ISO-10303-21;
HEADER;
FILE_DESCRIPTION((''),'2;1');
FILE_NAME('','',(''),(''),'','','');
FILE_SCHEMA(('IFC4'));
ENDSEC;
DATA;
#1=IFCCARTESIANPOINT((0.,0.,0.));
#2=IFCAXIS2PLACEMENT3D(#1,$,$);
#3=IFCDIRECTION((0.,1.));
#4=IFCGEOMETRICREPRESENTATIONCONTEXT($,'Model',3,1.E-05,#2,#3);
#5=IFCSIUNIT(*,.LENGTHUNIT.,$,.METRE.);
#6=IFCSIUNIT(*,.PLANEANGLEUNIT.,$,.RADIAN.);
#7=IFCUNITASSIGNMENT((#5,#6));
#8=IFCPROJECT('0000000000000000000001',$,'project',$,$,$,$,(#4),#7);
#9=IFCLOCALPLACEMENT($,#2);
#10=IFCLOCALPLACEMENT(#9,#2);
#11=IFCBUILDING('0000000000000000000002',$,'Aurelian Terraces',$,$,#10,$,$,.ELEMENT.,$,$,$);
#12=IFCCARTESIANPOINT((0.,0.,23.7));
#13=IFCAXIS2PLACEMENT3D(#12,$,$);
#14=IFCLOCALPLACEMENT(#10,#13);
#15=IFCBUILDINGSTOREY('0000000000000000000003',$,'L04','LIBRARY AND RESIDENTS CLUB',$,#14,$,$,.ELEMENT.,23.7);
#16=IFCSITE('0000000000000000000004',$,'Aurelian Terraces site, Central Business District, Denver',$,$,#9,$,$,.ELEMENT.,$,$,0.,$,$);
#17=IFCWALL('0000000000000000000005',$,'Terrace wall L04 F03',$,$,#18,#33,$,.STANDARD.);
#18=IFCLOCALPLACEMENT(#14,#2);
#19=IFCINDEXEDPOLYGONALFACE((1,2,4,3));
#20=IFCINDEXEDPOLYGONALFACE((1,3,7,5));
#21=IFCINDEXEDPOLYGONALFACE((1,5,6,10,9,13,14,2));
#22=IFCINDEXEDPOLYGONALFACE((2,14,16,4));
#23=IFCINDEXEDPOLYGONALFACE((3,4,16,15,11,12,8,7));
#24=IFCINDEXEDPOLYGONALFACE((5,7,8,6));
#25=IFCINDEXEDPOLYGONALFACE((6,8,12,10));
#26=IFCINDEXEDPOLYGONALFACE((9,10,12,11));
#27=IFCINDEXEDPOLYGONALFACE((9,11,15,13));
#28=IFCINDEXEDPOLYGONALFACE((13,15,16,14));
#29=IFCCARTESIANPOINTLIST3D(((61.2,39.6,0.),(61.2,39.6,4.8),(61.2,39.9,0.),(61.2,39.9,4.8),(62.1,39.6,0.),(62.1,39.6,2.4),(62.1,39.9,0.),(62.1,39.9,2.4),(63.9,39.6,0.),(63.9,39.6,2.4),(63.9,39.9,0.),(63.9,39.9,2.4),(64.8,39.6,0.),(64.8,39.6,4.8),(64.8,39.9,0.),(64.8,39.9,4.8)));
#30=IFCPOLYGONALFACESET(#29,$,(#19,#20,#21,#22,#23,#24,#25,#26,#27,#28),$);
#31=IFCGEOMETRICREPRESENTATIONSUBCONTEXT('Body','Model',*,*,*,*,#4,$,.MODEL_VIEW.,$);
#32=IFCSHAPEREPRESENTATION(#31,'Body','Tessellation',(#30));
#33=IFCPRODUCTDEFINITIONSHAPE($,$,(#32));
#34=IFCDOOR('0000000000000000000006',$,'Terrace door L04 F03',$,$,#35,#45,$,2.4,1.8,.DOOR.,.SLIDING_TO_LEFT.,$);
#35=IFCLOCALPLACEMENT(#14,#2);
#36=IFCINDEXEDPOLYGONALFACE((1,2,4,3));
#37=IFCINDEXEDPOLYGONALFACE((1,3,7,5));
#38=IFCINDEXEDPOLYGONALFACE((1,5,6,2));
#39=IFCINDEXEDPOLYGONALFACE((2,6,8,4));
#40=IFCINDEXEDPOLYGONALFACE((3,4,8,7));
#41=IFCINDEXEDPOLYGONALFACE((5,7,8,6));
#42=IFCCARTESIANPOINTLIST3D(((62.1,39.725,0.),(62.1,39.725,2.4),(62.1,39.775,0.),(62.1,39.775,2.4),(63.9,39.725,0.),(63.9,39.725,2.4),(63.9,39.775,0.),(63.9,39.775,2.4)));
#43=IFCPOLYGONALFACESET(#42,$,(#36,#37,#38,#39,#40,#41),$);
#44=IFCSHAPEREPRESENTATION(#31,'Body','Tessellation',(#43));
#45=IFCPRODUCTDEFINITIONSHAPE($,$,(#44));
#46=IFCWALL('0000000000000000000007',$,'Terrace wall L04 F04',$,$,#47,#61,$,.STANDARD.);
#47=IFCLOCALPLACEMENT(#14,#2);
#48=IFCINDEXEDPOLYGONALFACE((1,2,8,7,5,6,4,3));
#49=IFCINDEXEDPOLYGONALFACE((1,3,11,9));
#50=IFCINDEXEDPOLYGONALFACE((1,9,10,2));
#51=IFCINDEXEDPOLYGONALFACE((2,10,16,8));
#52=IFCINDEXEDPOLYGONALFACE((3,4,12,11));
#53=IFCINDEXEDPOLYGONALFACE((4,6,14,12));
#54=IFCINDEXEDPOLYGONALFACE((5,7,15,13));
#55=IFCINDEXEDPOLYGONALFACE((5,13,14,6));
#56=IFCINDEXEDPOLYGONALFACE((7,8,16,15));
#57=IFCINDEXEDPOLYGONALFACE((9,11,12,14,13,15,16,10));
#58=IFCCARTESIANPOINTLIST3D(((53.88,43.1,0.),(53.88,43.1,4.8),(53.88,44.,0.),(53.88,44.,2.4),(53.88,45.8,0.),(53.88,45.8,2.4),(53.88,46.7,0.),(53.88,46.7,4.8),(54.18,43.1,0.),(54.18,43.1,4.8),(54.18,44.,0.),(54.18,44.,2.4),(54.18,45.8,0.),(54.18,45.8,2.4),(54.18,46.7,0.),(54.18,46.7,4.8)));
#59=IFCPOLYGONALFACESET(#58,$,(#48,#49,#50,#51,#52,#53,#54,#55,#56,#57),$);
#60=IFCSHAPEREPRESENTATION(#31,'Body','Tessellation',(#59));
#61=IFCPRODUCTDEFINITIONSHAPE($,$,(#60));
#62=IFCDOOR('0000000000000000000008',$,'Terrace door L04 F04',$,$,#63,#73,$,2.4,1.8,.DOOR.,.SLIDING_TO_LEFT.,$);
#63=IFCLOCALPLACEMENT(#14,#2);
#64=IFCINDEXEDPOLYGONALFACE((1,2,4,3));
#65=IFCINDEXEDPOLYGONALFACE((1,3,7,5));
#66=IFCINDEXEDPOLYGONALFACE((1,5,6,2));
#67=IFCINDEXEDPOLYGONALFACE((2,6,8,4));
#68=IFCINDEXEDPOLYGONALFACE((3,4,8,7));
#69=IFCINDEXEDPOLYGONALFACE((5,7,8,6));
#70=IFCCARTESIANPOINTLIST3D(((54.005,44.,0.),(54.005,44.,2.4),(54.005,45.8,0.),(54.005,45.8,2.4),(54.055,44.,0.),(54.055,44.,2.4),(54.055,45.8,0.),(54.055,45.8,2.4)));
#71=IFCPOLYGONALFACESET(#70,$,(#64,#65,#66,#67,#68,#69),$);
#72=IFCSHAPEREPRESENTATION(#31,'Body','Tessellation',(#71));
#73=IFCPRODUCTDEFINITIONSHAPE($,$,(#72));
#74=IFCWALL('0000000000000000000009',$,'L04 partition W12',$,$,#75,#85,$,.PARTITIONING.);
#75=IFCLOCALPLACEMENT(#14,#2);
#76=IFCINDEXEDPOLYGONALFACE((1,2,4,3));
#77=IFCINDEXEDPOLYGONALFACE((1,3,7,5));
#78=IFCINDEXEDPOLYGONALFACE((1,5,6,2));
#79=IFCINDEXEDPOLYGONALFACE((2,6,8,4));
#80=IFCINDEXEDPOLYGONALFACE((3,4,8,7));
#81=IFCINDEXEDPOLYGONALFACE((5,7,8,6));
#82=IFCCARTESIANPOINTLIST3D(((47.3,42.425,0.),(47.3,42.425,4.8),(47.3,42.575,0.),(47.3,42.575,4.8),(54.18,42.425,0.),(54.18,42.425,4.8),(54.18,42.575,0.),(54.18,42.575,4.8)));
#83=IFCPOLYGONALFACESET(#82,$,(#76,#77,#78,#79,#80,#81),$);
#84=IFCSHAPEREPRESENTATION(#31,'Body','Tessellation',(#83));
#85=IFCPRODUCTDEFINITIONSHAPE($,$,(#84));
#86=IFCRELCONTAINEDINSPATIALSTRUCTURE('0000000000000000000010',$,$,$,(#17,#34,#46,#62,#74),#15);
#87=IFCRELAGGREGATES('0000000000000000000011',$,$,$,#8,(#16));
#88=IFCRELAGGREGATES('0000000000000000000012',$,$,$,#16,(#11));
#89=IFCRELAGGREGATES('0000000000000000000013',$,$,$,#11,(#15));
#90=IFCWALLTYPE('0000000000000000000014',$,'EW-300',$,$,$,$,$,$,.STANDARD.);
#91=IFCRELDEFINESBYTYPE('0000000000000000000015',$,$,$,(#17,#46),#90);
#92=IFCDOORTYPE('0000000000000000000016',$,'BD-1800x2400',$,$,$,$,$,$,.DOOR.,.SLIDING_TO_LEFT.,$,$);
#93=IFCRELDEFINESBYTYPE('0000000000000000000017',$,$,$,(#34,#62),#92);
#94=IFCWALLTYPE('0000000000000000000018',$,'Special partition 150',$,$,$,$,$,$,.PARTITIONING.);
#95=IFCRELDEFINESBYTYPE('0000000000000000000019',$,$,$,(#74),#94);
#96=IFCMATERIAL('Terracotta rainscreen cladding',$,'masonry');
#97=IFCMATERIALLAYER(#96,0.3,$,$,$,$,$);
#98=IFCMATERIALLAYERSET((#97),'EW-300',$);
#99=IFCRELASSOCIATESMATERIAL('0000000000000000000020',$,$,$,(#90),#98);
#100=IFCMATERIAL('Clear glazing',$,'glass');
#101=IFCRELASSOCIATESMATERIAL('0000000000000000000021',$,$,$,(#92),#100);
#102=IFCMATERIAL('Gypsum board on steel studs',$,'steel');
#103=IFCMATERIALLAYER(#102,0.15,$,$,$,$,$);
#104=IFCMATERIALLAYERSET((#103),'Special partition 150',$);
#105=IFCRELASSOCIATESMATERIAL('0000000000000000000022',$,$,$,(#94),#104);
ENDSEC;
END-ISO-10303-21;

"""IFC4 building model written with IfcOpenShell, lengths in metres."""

from ifc_helpers import new_model, si_unit, direction, frame, frame_2d, origin, place, context, subcontext, project, spatial, rectangle, extrude, source, transform, mapped, material, layer, layer_set, type_object, element, fill, save


model = new_model("IFC4")

# Units and contexts
model_context = context("Model", 3, precision=1e-05, world=origin(), true_north=direction((0.0, 1.0)))
body_context = subcontext(model_context, "Body", "Model", "MODEL_VIEW")
ifc_project = project(units=[si_unit("LENGTHUNIT", "METRE"), si_unit("PLANEANGLEUNIT", "RADIAN")], contexts=[model_context])

# Site, building, storey
site_placement = place(None, origin())
site = spatial("IfcSite", under=ifc_project, at=site_placement, Name="Aurelian Terraces site, Central Business District, Denver", CompositionType="ELEMENT", RefElevation=0.0)
building_placement = place(site_placement, origin())
building = spatial("IfcBuilding", under=site, at=building_placement, Name="Aurelian Terraces", CompositionType="ELEMENT")
storey_placement = place(building_placement, frame((0.0, 0.0, 23.7)))
storey = spatial("IfcBuildingStorey", under=building, at=storey_placement, Name="L04", Description="LIBRARY AND RESIDENTS CLUB", CompositionType="ELEMENT", Elevation=23.7)

# Shared definitions
ifc_material_1 = material(Name="Clear glazing", Category="glass")

# Walls, openings, doors
ifc_material_2 = material(Name="Terracotta rainscreen cladding", Category="masonry")
ifc_layer_1 = layer(ifc_material_2, 0.3)
ifc_layer_set_1 = layer_set([ifc_layer_1], Name="EW-300")
wall_type_1 = type_object("IfcWallType", Name="EW-300", PredefinedType="STANDARD", material=ifc_layer_set_1)
shared_shape_1 = source(origin(), body_context, "Body", "SweptSolid", [
    extrude(rectangle(XDim=3.6, YDim=0.3, at=frame_2d((1.8, 0.0))), origin(), (0.0, 0.0, 1.0), 4.8),
])
wall_1_placement = place(storey_placement, frame((64.8, 39.75, 0.0), z_axis=(0.0, 0.0, 1.0), x_axis=(-1.0, 0.0, 0.0)))
wall_1 = element("IfcWall", 1, at=wall_1_placement, inside=storey, type_object=wall_type_1, Name="Terrace wall L04 F03", PredefinedType="STANDARD", context=body_context, shape_type="MappedRepresentation", body=[
    mapped(shared_shape_1, transform((0.0, 0.0, 0.0), scale=1.0)),
])
shared_shape_2 = source(origin(), body_context, "Body", "SweptSolid", [
    extrude(rectangle(XDim=1.8, YDim=2.4, at=frame_2d((0.9, 1.2))), frame((0.0, 0.16, 0.0), z_axis=(0.0, -1.0, 0.0), x_axis=(1.0, 0.0, 0.0)), (0.0, 0.0, 1.0), 0.32),
])
opening_1_placement = place(wall_1_placement, frame((0.9, 0.0, 0.0)))
opening_1 = element("IfcOpeningElement", 2, at=opening_1_placement, cuts=wall_1, PredefinedType="OPENING", context=body_context, shape_type="MappedRepresentation", body=[
    mapped(shared_shape_2, transform((0.0, 0.0, 0.0), scale=1.0)),
])
door_type = type_object("IfcDoorType", Name="BD-1800x2400", OperationType="SLIDING_TO_LEFT", PredefinedType="DOOR", material=ifc_material_1)
shared_shape_3 = source(origin(), body_context, "Body", "SweptSolid", [
    extrude(rectangle(XDim=1.8, YDim=2.4, at=frame_2d((0.9, 1.2))), frame((0.0, 0.025, 0.0), z_axis=(0.0, -1.0, 0.0), x_axis=(1.0, 0.0, 0.0)), (0.0, 0.0, 1.0), 0.05),
])
door_1_placement = place(opening_1_placement, origin())
door_1 = element("IfcDoor", 3, at=door_1_placement, inside=storey, type_object=door_type, Name="Terrace door L04 F03", OperationType="SLIDING_TO_LEFT", OverallHeight=2.4, OverallWidth=1.8, PredefinedType="DOOR", context=body_context, shape_type="MappedRepresentation", body=[
    mapped(shared_shape_3, transform((0.0, 0.0, 0.0), scale=1.0)),
])
fill(opening_1, door_1)
wall_2_placement = place(storey_placement, frame((54.03, 43.1, 0.0), z_axis=(0.0, 0.0, 1.0), x_axis=(0.0, 1.0, 0.0)))
wall_2 = element("IfcWall", 4, at=wall_2_placement, inside=storey, type_object=wall_type_1, Name="Terrace wall L04 F04", PredefinedType="STANDARD", context=body_context, shape_type="MappedRepresentation", body=[
    mapped(shared_shape_1, transform((0.0, 0.0, 0.0), scale=1.0)),
])
opening_2_placement = place(wall_2_placement, frame((0.9, 0.0, 0.0)))
opening_2 = element("IfcOpeningElement", 5, at=opening_2_placement, cuts=wall_2, PredefinedType="OPENING", context=body_context, shape_type="MappedRepresentation", body=[
    mapped(shared_shape_2, transform((0.0, 0.0, 0.0), scale=1.0)),
])
door_2_placement = place(opening_2_placement, origin())
door_2 = element("IfcDoor", 6, at=door_2_placement, inside=storey, type_object=door_type, Name="Terrace door L04 F04", OperationType="SLIDING_TO_LEFT", OverallHeight=2.4, OverallWidth=1.8, PredefinedType="DOOR", context=body_context, shape_type="MappedRepresentation", body=[
    mapped(shared_shape_3, transform((0.0, 0.0, 0.0), scale=1.0)),
])
fill(opening_2, door_2)

# Wall
ifc_material_3 = material(Name="Gypsum board on steel studs", Category="steel")
ifc_layer_2 = layer(ifc_material_3, 0.15)
ifc_layer_set_2 = layer_set([ifc_layer_2], Name="Special partition 150")
wall_type_2 = type_object("IfcWallType", Name="Special partition 150", PredefinedType="PARTITIONING", material=ifc_layer_set_2)
shared_shape_4 = source(origin(), body_context, "Body", "SweptSolid", [
    extrude(rectangle(XDim=6.88, YDim=0.15, at=frame_2d((3.44, 0.0))), origin(), (0.0, 0.0, 1.0), 4.8),
])
wall_3_placement = place(storey_placement, frame((47.3, 42.5, 0.0), z_axis=(0.0, 0.0, 1.0), x_axis=(1.0, 0.0, 0.0)))
element("IfcWall", 7, at=wall_3_placement, inside=storey, type_object=wall_type_2, Name="L04 partition W12", PredefinedType="PARTITIONING", context=body_context, shape_type="MappedRepresentation", body=[
    mapped(shared_shape_4, transform((0.0, 0.0, 0.0), scale=1.0)),
])

save(model, "model.ifc")
